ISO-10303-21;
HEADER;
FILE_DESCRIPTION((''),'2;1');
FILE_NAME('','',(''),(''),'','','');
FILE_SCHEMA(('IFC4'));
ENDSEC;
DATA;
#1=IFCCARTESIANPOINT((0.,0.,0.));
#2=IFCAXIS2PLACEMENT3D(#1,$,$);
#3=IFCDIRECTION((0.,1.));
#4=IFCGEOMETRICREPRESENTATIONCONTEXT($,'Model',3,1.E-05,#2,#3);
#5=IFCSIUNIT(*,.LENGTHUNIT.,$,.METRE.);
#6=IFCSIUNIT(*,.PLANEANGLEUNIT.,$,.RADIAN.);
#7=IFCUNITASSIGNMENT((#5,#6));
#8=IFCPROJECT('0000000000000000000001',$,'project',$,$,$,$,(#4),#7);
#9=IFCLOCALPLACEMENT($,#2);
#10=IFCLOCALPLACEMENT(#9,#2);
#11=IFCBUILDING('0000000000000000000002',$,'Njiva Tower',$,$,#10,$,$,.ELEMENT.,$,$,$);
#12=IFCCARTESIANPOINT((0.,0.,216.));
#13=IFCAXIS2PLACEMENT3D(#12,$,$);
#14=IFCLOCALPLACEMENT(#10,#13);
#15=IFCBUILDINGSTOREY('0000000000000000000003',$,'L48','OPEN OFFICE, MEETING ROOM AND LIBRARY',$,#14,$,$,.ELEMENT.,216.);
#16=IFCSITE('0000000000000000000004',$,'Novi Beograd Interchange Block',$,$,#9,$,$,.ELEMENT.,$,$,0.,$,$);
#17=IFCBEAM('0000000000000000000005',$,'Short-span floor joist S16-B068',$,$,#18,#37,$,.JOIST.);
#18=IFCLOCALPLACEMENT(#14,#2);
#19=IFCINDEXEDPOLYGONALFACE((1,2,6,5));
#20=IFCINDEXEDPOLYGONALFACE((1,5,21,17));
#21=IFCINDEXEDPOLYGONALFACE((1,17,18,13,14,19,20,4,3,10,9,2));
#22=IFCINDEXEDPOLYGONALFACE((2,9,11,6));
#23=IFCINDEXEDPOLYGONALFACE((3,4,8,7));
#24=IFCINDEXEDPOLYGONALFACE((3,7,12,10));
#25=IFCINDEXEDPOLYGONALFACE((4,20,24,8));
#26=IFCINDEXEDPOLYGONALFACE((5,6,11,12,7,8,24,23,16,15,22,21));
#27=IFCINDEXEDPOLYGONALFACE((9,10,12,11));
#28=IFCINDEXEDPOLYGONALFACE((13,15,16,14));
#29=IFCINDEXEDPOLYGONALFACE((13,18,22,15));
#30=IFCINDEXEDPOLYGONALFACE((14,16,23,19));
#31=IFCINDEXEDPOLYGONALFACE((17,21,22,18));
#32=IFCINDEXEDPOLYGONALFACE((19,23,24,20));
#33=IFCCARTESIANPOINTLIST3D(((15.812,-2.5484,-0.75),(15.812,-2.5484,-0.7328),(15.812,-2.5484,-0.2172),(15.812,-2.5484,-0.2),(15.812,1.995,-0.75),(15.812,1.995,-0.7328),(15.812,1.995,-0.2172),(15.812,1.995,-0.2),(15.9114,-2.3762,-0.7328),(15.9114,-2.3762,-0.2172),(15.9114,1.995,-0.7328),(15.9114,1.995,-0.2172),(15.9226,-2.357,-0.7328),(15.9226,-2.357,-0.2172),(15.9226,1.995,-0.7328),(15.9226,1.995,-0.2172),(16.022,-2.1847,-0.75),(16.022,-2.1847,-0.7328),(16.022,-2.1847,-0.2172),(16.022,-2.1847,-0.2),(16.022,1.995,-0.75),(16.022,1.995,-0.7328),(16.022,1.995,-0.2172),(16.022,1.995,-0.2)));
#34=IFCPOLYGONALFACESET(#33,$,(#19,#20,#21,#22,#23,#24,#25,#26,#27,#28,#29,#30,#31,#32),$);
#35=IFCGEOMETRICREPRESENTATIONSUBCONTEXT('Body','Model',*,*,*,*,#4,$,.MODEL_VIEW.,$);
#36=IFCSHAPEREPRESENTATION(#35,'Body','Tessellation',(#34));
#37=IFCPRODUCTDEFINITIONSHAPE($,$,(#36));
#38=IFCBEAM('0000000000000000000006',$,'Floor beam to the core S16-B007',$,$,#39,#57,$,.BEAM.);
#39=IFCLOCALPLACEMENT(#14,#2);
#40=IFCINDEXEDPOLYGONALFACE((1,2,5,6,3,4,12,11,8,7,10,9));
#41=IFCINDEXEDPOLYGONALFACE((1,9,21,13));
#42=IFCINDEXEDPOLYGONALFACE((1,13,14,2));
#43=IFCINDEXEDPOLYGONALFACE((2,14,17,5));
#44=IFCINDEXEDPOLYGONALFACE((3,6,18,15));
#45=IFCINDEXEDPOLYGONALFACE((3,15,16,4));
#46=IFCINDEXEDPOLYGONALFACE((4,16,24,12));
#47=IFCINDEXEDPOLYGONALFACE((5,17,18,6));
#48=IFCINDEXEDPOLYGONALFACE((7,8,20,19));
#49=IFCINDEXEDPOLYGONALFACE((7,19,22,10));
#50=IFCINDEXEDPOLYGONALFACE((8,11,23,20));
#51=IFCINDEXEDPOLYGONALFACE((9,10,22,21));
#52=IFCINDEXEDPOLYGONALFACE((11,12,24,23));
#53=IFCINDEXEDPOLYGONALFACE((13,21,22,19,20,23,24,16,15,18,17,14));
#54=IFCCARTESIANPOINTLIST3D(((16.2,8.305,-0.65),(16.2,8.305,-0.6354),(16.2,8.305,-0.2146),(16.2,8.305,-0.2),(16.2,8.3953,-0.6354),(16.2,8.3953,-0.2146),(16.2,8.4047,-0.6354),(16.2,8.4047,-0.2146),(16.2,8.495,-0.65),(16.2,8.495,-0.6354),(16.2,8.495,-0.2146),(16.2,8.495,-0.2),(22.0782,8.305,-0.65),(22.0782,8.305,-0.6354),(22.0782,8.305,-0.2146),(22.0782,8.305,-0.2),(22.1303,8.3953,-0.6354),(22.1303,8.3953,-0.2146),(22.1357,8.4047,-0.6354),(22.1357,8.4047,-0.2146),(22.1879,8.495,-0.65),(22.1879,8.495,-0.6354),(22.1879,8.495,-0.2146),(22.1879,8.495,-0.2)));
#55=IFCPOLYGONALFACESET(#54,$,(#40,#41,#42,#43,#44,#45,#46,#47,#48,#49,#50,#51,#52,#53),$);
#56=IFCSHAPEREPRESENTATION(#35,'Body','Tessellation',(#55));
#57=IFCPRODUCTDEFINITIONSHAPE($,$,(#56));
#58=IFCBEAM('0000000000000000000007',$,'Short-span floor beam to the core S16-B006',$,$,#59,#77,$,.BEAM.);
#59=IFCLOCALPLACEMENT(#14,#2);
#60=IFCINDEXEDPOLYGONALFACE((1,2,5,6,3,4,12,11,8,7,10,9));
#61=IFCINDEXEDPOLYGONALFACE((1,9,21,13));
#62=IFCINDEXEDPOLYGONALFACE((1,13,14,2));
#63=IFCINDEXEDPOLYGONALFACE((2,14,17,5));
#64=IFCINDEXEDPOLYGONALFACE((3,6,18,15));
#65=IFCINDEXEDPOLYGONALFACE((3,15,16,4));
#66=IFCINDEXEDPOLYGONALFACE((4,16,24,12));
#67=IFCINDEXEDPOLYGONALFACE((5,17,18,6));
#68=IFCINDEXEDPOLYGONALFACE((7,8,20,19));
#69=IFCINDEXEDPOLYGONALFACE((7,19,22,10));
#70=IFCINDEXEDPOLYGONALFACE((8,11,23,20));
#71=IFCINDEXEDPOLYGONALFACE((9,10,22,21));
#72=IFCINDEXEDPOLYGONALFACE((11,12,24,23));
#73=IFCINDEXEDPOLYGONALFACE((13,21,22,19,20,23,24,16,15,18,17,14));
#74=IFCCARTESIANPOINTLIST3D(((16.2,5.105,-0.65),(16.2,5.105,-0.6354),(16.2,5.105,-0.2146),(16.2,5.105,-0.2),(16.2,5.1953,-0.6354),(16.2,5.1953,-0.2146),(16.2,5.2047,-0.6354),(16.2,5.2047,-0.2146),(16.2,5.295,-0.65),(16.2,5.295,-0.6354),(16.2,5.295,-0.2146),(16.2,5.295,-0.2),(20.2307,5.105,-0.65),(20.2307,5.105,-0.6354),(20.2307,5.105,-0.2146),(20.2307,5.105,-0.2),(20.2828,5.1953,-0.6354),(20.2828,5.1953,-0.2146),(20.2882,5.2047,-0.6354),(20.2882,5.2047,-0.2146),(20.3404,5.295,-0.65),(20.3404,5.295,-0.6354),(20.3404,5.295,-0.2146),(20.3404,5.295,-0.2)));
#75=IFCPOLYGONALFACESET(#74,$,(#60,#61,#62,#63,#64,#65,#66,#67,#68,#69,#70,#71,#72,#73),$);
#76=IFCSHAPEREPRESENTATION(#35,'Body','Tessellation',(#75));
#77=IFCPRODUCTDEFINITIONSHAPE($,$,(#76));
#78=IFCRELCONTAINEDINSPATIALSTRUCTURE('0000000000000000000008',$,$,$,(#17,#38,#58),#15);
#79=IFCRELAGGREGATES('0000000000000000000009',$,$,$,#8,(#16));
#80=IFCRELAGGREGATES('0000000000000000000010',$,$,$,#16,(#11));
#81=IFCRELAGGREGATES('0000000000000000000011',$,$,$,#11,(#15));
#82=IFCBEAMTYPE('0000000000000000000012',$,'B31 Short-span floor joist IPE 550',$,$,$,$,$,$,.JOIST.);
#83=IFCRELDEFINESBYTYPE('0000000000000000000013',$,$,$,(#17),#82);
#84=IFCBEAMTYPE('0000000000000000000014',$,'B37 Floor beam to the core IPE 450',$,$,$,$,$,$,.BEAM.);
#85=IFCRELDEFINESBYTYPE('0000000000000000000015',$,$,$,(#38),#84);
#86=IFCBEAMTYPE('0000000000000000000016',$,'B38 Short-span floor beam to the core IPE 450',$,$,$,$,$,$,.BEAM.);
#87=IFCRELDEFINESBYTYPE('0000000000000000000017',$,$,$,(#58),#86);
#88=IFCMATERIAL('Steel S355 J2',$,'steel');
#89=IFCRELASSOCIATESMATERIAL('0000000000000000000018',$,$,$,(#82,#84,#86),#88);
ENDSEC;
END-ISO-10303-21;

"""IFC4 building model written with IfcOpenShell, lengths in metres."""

from ifc_helpers import new_model, si_unit, direction, frame, origin, origin_2d, place, context, subcontext, project, spatial, i_section, extrude, clip, halfspace, material, material_profile, profile_set, type_object, element, save


model = new_model("IFC4")

# Units and contexts
model_context = context("Model", 3, precision=1e-05, world=origin(), true_north=direction((0.0, 1.0)))
body_context = subcontext(model_context, "Body", "Model", "MODEL_VIEW")
ifc_project = project(units=[si_unit("LENGTHUNIT", "METRE"), si_unit("PLANEANGLEUNIT", "RADIAN")], contexts=[model_context])

# Site, building, storey
site_placement = place(None, origin())
site = spatial("IfcSite", under=ifc_project, at=site_placement, Name="Novi Beograd Interchange Block", CompositionType="ELEMENT", RefElevation=0.0)
building_placement = place(site_placement, origin())
building = spatial("IfcBuilding", under=site, at=building_placement, Name="Njiva Tower", CompositionType="ELEMENT")
storey_placement = place(building_placement, frame((0.0, 0.0, 216.0)))
storey = spatial("IfcBuildingStorey", under=building, at=storey_placement, Name="L48", Description="OPEN OFFICE, MEETING ROOM AND LIBRARY", CompositionType="ELEMENT", Elevation=216.0)

# Shared definitions
ifc_material_1 = material(Name="Steel S355 J2", Category="steel")

# Beams
ifc_material_profile_1 = material_profile(ifc_material_1, i_section(OverallWidth=0.21, OverallDepth=0.55, WebThickness=0.0111, FlangeThickness=0.0172, at=origin_2d()), Name="IPE 550")
ifc_profile_set_1 = profile_set([ifc_material_profile_1], Name="Steel S355 J2")
beam_type_1 = type_object("IfcBeamType", Name="B31 Short-span floor joist IPE 550", PredefinedType="JOIST", material=ifc_profile_set_1)
beam_1_placement = place(storey_placement, frame((15.917, 1.995, -0.475), z_axis=(0.0, -1.0, 0.0), x_axis=(1.0, 0.0, 0.0)))
element("IfcBeam", 1, at=beam_1_placement, inside=storey, type_object=beam_type_1, Name="Short-span floor joist S16-B068", PredefinedType="JOIST", context=body_context, shape_type="Clipping", body=[
    clip(extrude(i_section(OverallWidth=0.21, OverallDepth=0.55, WebThickness=0.0111, FlangeThickness=0.0172, at=origin_2d()), origin(), (0.0, 0.0, 1.0), 4.564), halfspace(frame((0.043, 0.0, 4.2871), z_axis=(0.866027, 0.0, 0.499998), x_axis=(0.0, 1.0, 0.0)), False)),
])
ifc_material_profile_2 = material_profile(ifc_material_1, i_section(OverallWidth=0.19, OverallDepth=0.45, WebThickness=0.0094, FlangeThickness=0.0146, at=origin_2d()), Name="IPE 450")
ifc_profile_set_2 = profile_set([ifc_material_profile_2], Name="Steel S355 J2")
beam_type_2 = type_object("IfcBeamType", Name="B37 Floor beam to the core IPE 450", PredefinedType="BEAM", material=ifc_profile_set_2)
beam_2_placement = place(storey_placement, frame((16.2, 8.4, -0.425), z_axis=(1.0, 0.0, 0.0), x_axis=(0.0, 1.0, 0.0)))
element("IfcBeam", 2, at=beam_2_placement, inside=storey, type_object=beam_type_2, Name="Floor beam to the core S16-B007", PredefinedType="BEAM", context=body_context, shape_type="Clipping", body=[
    clip(extrude(i_section(OverallWidth=0.19, OverallDepth=0.45, WebThickness=0.0094, FlangeThickness=0.0146, at=origin_2d()), origin(), (0.0, 0.0, 1.0), 6.008), halfspace(frame((-0.025, 0.0, 5.9186), z_axis=(-0.499998, 0.0, 0.866027), x_axis=(0.0, 1.0, 0.0)), False)),
])
ifc_material_profile_3 = material_profile(ifc_material_1, i_section(OverallWidth=0.19, OverallDepth=0.45, WebThickness=0.0094, FlangeThickness=0.0146, at=origin_2d()), Name="IPE 450")
ifc_profile_set_3 = profile_set([ifc_material_profile_3], Name="Steel S355 J2")
beam_type_3 = type_object("IfcBeamType", Name="B38 Short-span floor beam to the core IPE 450", PredefinedType="BEAM", material=ifc_profile_set_3)
beam_3_placement = place(storey_placement, frame((16.2, 5.2, -0.425), z_axis=(1.0, 0.0, 0.0), x_axis=(0.0, 1.0, 0.0)))
element("IfcBeam", 3, at=beam_3_placement, inside=storey, type_object=beam_type_3, Name="Short-span floor beam to the core S16-B006", PredefinedType="BEAM", context=body_context, shape_type="Clipping", body=[
    clip(extrude(i_section(OverallWidth=0.19, OverallDepth=0.45, WebThickness=0.0094, FlangeThickness=0.0146, at=origin_2d()), origin(), (0.0, 0.0, 1.0), 4.161), halfspace(frame((-0.025, 0.0, 4.0711), z_axis=(-0.499998, 0.0, 0.866027), x_axis=(0.0, 1.0, 0.0)), False)),
])

save(model, "model.ifc")
